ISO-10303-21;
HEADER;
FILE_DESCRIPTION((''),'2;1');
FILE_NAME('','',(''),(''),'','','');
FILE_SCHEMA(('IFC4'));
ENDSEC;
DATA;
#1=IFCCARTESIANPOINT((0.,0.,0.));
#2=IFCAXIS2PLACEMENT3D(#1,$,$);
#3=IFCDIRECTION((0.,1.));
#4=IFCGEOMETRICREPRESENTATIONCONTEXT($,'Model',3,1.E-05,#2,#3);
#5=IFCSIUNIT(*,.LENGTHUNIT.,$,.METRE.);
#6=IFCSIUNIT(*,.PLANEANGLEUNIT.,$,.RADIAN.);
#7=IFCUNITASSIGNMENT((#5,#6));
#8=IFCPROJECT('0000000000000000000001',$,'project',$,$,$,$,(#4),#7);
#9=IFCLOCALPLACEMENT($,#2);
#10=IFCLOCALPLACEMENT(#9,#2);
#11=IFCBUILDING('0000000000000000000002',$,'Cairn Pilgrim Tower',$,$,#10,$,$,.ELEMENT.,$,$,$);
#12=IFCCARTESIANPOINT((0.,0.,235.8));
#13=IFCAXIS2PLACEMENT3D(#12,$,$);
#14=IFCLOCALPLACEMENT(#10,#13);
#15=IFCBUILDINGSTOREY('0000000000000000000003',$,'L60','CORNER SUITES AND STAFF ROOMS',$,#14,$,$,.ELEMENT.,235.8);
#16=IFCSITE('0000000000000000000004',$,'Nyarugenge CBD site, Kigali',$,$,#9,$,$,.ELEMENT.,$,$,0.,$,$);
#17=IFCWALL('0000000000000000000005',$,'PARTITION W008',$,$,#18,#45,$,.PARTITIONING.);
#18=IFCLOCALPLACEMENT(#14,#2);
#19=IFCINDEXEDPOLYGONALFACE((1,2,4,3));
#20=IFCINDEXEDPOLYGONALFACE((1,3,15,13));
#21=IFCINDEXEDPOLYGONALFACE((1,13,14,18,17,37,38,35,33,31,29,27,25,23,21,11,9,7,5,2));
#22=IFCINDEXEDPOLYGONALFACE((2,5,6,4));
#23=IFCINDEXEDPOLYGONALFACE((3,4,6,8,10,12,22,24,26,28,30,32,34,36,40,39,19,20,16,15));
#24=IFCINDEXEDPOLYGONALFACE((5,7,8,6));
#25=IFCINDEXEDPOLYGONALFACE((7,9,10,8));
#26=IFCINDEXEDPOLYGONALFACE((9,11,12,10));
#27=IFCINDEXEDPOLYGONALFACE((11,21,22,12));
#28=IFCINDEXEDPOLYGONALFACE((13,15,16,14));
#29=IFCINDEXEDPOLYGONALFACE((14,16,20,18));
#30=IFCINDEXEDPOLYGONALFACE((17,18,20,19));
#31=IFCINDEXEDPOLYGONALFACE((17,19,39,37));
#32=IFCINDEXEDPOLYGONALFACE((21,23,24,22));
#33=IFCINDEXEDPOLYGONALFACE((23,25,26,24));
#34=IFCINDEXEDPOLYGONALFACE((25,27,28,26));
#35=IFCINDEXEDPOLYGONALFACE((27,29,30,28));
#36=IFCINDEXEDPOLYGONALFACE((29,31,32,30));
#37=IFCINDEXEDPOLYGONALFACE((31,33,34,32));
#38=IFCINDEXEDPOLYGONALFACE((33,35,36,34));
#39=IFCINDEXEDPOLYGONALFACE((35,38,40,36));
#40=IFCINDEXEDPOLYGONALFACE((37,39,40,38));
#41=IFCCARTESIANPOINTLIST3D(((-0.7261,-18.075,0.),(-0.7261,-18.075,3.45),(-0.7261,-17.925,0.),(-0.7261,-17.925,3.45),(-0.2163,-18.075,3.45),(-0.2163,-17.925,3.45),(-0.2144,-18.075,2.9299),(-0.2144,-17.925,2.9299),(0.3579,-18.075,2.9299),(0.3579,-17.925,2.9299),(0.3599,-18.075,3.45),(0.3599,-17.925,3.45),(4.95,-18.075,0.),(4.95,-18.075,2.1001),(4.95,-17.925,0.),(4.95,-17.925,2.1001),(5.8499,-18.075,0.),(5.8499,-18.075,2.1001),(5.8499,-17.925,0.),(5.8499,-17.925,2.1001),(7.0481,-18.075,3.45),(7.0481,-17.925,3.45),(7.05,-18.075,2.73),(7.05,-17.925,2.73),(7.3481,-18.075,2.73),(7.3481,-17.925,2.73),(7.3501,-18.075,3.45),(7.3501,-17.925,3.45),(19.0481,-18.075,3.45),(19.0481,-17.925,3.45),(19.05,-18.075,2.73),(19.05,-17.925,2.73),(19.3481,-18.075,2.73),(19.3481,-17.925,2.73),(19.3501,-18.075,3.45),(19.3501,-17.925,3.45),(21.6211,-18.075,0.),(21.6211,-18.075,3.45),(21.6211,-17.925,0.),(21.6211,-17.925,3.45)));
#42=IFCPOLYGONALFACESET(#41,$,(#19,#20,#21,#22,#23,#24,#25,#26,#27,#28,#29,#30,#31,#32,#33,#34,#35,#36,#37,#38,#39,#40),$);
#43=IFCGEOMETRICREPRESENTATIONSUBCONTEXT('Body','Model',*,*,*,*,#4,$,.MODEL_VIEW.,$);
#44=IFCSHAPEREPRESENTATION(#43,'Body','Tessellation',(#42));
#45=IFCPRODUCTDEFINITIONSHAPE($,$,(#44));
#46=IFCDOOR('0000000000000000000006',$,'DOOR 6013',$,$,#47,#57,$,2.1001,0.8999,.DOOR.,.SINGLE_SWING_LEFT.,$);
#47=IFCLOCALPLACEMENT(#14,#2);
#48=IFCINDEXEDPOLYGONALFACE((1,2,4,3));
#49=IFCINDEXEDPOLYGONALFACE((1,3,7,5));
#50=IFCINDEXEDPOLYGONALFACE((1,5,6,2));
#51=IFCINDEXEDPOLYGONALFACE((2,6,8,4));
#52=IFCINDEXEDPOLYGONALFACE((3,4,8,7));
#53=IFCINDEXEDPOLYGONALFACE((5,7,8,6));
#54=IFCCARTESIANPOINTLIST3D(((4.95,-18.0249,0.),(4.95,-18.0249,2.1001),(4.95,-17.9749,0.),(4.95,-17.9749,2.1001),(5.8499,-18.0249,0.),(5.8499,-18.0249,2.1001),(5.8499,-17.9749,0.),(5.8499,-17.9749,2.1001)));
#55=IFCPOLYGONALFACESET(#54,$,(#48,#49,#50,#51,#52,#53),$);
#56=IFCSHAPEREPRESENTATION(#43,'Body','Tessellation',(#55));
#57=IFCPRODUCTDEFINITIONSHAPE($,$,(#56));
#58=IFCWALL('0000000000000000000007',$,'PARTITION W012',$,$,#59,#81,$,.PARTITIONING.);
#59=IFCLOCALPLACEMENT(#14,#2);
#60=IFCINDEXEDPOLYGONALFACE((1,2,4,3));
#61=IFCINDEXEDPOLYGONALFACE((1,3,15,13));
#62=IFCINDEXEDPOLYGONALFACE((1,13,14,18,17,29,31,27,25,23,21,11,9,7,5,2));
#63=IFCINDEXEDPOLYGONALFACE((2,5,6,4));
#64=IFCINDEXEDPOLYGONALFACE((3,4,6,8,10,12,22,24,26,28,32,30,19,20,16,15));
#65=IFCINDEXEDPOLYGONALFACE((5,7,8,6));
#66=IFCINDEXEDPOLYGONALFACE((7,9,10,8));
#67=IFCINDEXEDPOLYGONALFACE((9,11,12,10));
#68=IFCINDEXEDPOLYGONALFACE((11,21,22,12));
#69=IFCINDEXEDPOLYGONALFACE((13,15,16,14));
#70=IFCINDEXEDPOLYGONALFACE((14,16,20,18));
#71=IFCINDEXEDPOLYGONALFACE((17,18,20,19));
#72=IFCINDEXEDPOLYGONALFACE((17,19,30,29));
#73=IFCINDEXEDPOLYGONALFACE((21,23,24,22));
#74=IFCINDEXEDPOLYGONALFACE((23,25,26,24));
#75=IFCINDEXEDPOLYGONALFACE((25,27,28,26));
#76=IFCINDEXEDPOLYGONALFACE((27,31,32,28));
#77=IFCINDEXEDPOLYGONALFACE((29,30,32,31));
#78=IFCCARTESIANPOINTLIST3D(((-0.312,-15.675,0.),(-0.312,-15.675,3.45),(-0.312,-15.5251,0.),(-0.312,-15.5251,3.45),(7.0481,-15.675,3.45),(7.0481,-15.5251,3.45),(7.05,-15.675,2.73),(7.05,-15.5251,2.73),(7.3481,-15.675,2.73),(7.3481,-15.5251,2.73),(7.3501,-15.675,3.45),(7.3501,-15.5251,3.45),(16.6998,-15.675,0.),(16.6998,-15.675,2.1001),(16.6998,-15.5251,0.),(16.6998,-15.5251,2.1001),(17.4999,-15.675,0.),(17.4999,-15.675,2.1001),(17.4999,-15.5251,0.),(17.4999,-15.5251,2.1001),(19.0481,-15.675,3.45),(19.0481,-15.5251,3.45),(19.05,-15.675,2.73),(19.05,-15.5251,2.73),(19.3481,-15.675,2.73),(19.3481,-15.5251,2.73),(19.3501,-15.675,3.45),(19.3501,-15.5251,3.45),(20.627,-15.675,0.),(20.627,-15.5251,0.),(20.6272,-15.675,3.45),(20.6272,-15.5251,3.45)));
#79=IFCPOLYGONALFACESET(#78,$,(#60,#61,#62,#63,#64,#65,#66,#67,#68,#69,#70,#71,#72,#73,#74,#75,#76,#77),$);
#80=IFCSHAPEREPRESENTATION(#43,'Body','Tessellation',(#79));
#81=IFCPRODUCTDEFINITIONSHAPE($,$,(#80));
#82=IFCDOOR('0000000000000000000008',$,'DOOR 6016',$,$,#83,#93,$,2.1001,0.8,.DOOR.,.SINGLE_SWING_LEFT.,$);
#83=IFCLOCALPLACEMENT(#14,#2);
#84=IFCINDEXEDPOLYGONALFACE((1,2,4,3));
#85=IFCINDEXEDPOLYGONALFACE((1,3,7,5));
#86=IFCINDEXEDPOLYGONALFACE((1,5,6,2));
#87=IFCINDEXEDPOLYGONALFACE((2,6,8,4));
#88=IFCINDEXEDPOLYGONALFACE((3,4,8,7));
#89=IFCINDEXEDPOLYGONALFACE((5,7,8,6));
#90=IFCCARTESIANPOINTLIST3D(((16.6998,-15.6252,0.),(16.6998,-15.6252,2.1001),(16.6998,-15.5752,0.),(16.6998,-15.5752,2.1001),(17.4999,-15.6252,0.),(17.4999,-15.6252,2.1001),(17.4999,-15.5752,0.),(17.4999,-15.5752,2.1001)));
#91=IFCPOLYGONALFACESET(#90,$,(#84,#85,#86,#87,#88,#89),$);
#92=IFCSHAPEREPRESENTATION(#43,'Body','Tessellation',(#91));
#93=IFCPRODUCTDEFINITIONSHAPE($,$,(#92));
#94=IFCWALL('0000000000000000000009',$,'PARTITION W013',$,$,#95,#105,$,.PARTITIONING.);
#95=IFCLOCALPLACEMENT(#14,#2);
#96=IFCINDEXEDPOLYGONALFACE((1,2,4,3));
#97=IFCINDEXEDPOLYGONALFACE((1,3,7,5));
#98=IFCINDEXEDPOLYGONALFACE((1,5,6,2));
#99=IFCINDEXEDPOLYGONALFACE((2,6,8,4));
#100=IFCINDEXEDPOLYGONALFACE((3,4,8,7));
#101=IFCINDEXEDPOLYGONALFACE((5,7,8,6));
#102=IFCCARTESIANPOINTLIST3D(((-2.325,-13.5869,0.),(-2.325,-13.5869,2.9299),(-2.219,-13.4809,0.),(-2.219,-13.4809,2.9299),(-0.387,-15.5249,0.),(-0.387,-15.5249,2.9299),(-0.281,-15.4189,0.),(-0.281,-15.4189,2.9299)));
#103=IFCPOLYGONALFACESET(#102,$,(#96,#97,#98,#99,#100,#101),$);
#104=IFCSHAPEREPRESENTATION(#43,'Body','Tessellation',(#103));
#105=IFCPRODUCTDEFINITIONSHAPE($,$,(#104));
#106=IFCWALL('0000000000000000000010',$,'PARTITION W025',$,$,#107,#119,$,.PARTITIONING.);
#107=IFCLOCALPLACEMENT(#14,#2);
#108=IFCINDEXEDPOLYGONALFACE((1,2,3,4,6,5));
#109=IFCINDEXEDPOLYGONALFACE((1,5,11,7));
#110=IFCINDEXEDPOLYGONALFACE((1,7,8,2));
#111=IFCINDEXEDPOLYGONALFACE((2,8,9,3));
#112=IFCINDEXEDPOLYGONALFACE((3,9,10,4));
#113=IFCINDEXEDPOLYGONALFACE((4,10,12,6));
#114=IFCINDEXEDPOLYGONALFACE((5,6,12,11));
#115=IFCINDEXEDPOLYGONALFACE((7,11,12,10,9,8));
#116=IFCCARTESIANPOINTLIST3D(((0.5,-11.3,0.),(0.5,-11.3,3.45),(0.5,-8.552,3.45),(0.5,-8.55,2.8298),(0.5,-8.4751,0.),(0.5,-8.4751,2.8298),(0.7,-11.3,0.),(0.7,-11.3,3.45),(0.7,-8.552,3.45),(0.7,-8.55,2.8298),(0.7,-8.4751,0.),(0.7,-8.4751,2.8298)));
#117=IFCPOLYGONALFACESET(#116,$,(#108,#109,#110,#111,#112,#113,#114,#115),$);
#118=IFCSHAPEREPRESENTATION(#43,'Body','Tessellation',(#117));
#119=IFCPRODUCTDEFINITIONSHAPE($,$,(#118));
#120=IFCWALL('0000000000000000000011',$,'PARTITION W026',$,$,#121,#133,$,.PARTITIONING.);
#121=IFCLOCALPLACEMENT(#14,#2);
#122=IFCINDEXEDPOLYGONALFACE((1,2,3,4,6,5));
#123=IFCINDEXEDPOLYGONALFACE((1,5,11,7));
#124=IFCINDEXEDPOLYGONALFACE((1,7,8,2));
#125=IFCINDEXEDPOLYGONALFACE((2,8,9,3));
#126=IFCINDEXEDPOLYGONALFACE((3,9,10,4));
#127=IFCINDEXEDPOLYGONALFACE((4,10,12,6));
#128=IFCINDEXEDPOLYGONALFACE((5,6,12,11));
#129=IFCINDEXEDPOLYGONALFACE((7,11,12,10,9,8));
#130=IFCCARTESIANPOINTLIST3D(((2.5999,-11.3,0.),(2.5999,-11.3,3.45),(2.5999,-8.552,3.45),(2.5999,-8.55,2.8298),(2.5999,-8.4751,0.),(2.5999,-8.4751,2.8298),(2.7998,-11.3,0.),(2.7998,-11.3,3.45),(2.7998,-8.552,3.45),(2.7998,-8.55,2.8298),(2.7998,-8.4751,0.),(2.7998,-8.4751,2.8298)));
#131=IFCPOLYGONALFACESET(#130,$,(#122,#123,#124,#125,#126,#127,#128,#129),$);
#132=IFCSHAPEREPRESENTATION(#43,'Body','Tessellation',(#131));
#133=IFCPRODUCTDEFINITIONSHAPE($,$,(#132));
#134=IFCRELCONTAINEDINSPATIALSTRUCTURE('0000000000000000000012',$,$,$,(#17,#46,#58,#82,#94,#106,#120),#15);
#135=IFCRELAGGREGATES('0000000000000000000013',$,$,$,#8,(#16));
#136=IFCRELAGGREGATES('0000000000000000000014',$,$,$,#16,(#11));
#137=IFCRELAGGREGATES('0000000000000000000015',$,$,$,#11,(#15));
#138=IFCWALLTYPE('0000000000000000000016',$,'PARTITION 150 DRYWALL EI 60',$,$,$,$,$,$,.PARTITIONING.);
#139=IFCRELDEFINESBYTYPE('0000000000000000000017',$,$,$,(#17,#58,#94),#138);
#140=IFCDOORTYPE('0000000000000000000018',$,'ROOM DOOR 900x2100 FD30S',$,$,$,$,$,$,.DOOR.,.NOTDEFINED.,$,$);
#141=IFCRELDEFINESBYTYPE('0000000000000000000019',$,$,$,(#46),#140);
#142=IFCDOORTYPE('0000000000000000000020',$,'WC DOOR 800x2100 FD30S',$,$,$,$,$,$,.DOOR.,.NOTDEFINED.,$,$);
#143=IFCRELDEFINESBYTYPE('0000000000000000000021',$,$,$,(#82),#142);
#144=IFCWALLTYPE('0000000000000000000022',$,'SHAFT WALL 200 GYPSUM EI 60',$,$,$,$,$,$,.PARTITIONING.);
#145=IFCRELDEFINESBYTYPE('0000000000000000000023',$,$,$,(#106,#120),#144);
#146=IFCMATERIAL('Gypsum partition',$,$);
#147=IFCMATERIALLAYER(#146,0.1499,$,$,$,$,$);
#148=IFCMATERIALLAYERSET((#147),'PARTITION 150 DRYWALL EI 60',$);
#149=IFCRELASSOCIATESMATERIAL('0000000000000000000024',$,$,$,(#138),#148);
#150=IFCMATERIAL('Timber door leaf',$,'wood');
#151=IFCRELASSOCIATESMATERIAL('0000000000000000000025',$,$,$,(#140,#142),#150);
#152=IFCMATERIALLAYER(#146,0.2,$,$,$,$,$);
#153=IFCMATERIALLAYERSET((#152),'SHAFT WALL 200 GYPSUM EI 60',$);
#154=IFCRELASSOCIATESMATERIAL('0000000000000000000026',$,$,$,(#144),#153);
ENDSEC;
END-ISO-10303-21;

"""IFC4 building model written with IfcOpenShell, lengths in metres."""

from ifc_helpers import new_model, si_unit, direction, frame, frame_2d, origin, place, context, subcontext, project, spatial, polyline, rectangle, outline, extrude, material, layer, layer_set, type_object, element, fill, save


model = new_model("IFC4")

# Units and contexts
model_context = context("Model", 3, precision=1e-05, world=origin(), true_north=direction((0.0, 1.0)))
body_context = subcontext(model_context, "Body", "Model", "MODEL_VIEW")
ifc_project = project(units=[si_unit("LENGTHUNIT", "METRE"), si_unit("PLANEANGLEUNIT", "RADIAN")], contexts=[model_context])

# Site, building, storey
site_placement = place(None, origin())
site = spatial("IfcSite", under=ifc_project, at=site_placement, Name="Nyarugenge CBD site, Kigali", CompositionType="ELEMENT", RefElevation=0.0)
building_placement = place(site_placement, origin())
building = spatial("IfcBuilding", under=site, at=building_placement, Name="Cairn Pilgrim Tower", CompositionType="ELEMENT")
storey_placement = place(building_placement, frame((0.0, 0.0, 235.8)))
storey = spatial("IfcBuildingStorey", under=building, at=storey_placement, Name="L60", Description="CORNER SUITES AND STAFF ROOMS", CompositionType="ELEMENT", Elevation=235.8)

# Shared definitions
ifc_material_1 = material(Name="Gypsum partition")
ifc_material_2 = material(Name="Timber door leaf", Category="wood")

# Walls, openings, doors
ifc_layer_1 = layer(ifc_material_1, 0.1499)
ifc_layer_set_1 = layer_set([ifc_layer_1], Name="PARTITION 150 DRYWALL EI 60")
wall_type_1 = type_object("IfcWallType", Name="PARTITION 150 DRYWALL EI 60", PredefinedType="PARTITIONING", material=ifc_layer_set_1)
wall_1_placement = place(storey_placement, frame((-0.7261, -18.0, 0.0), z_axis=(0.0, 0.0, 1.0), x_axis=(1.0, 0.0, 0.0)))
wall_1 = element("IfcWall", 1, at=wall_1_placement, inside=storey, type_object=wall_type_1, Name="PARTITION W008", PredefinedType="PARTITIONING", context=body_context, shape_type="SweptSolid", body=[
    extrude(outline(polyline([(0.0, 0.0), (22.3472, 0.0), (22.3472, 3.45), (20.0762, 3.45), (20.0742, 2.73), (19.7761, 2.73), (19.7742, 3.45), (8.0762, 3.45), (8.0742, 2.73), (7.7761, 2.73), (7.7742, 3.45), (1.0859, 3.45), (1.084, 2.9299), (0.5117, 2.9299), (0.5098, 3.45), (0.0, 3.45), (0.0, 0.0)])), frame((0.0, 0.075, 0.0), z_axis=(0.0, -1.0, 0.0), x_axis=(1.0, 0.0, 0.0)), (0.0, 0.0, 1.0), 0.1499),
])
opening_1_placement = place(wall_1_placement, frame((5.676, 0.0, 0.0)))
opening_1 = element("IfcOpeningElement", 2, at=opening_1_placement, cuts=wall_1, PredefinedType="OPENING", context=body_context, shape_type="SweptSolid", body=[
    extrude(rectangle(XDim=0.8999, YDim=2.1001, at=frame_2d((0.45, 1.05))), frame((0.0, 0.085, 0.0), z_axis=(0.0, -1.0, 0.0), x_axis=(1.0, 0.0, 0.0)), (0.0, 0.0, 1.0), 0.1699),
])
door_type_1 = type_object("IfcDoorType", Name="ROOM DOOR 900x2100 FD30S", OperationType="NOTDEFINED", PredefinedType="DOOR", material=ifc_material_2)
door_1_placement = place(opening_1_placement, frame((0.8999, 0.0, 0.0), z_axis=(0.0, 0.0, 1.0), x_axis=(-1.0, 0.0, 0.0)))
door_1 = element("IfcDoor", 3, at=door_1_placement, inside=storey, type_object=door_type_1, Name="DOOR 6013", OperationType="SINGLE_SWING_LEFT", OverallHeight=2.1001, OverallWidth=0.8999, PredefinedType="DOOR", context=body_context, shape_type="SweptSolid", body=[
    extrude(rectangle(XDim=0.8999, YDim=2.1001, at=frame_2d((0.45, 1.05))), frame((0.0, 0.0249, 0.0), z_axis=(0.0, -1.0, 0.0), x_axis=(1.0, 0.0, 0.0)), (0.0, 0.0, 1.0), 0.05),
])
fill(opening_1, door_1)
wall_2_placement = place(storey_placement, frame((-0.312, -15.6001, 0.0), z_axis=(0.0, 0.0, 1.0), x_axis=(1.0, 0.0, 0.0)))
wall_2 = element("IfcWall", 4, at=wall_2_placement, inside=storey, type_object=wall_type_1, Name="PARTITION W012", PredefinedType="PARTITIONING", context=body_context, shape_type="SweptSolid", body=[
    extrude(outline(polyline([(0.0, 0.0), (20.939, 0.0), (20.9392, 3.45), (19.6621, 3.45), (19.6602, 2.73), (19.3621, 2.73), (19.3601, 3.45), (7.6621, 3.45), (7.6602, 2.73), (7.3621, 2.73), (7.3601, 3.45), (0.0, 3.45), (0.0, 0.0)])), frame((0.0, 0.075, 0.0), z_axis=(0.0, -1.0, 0.0), x_axis=(1.0, 0.0, 0.0)), (0.0, 0.0, 1.0), 0.1499),
])
opening_2_placement = place(wall_2_placement, frame((17.012, 0.0, 0.0)))
opening_2 = element("IfcOpeningElement", 5, at=opening_2_placement, cuts=wall_2, PredefinedType="OPENING", context=body_context, shape_type="SweptSolid", body=[
    extrude(rectangle(XDim=0.8, YDim=2.1001, at=frame_2d((0.3999, 1.05))), frame((0.0, 0.085, 0.0), z_axis=(0.0, -1.0, 0.0), x_axis=(1.0, 0.0, 0.0)), (0.0, 0.0, 1.0), 0.1699),
])
door_type_2 = type_object("IfcDoorType", Name="WC DOOR 800x2100 FD30S", OperationType="NOTDEFINED", PredefinedType="DOOR", material=ifc_material_2)
door_2_placement = place(opening_2_placement, origin())
door_2 = element("IfcDoor", 6, at=door_2_placement, inside=storey, type_object=door_type_2, Name="DOOR 6016", OperationType="SINGLE_SWING_LEFT", OverallHeight=2.1001, OverallWidth=0.8, PredefinedType="DOOR", context=body_context, shape_type="SweptSolid", body=[
    extrude(rectangle(XDim=0.8, YDim=2.1001, at=frame_2d((0.3999, 1.05))), frame((0.0, 0.0249, 0.0), z_axis=(0.0, -1.0, 0.0), x_axis=(1.0, 0.0, 0.0)), (0.0, 0.0, 1.0), 0.05),
])
fill(opening_2, door_2)

# Walls
wall_3_placement = place(storey_placement, frame((-0.334, -15.4719, 0.0), z_axis=(0.0, 0.0, 1.0), x_axis=(-0.707107, 0.707107, 0.0)))
element("IfcWall", 7, at=wall_3_placement, inside=storey, type_object=wall_type_1, Name="PARTITION W013", PredefinedType="PARTITIONING", context=body_context, shape_type="SweptSolid", body=[
    extrude(rectangle(XDim=2.7407, YDim=0.1499, at=frame_2d((1.3704, 0.0))), origin(), (0.0, 0.0, 1.0), 2.9299),
])
ifc_layer_2 = layer(ifc_material_1, 0.2)
ifc_layer_set_2 = layer_set([ifc_layer_2], Name="SHAFT WALL 200 GYPSUM EI 60")
wall_type_2 = type_object("IfcWallType", Name="SHAFT WALL 200 GYPSUM EI 60", PredefinedType="PARTITIONING", material=ifc_layer_set_2)
for number, where, z_axis, x_axis, name in (
    (8, (0.6001, -11.3, 0.0), (0.0, 0.0, 1.0), (0.0, 1.0, 0.0), "PARTITION W025"),
    (9, (2.7, -11.3, 0.0), (0.0, 0.0, 1.0), (0.0, 1.0, 0.0), "PARTITION W026"),
):
    element("IfcWall", number, at=place(storey_placement, frame(where, z_axis=z_axis, x_axis=x_axis)), inside=storey, type_object=wall_type_2, Name=name, PredefinedType="PARTITIONING", context=body_context, shape_type="SweptSolid", body=[
        extrude(outline(polyline([(0.0, 0.0), (2.825, 0.0), (2.825, 2.8298), (2.75, 2.8298), (2.748, 3.45), (0.0, 3.45), (0.0, 0.0)])), frame((0.0, 0.1001, 0.0), z_axis=(0.0, -1.0, 0.0), x_axis=(1.0, 0.0, 0.0)), (0.0, 0.0, 1.0), 0.2),
    ])

save(model, "model.ifc")
